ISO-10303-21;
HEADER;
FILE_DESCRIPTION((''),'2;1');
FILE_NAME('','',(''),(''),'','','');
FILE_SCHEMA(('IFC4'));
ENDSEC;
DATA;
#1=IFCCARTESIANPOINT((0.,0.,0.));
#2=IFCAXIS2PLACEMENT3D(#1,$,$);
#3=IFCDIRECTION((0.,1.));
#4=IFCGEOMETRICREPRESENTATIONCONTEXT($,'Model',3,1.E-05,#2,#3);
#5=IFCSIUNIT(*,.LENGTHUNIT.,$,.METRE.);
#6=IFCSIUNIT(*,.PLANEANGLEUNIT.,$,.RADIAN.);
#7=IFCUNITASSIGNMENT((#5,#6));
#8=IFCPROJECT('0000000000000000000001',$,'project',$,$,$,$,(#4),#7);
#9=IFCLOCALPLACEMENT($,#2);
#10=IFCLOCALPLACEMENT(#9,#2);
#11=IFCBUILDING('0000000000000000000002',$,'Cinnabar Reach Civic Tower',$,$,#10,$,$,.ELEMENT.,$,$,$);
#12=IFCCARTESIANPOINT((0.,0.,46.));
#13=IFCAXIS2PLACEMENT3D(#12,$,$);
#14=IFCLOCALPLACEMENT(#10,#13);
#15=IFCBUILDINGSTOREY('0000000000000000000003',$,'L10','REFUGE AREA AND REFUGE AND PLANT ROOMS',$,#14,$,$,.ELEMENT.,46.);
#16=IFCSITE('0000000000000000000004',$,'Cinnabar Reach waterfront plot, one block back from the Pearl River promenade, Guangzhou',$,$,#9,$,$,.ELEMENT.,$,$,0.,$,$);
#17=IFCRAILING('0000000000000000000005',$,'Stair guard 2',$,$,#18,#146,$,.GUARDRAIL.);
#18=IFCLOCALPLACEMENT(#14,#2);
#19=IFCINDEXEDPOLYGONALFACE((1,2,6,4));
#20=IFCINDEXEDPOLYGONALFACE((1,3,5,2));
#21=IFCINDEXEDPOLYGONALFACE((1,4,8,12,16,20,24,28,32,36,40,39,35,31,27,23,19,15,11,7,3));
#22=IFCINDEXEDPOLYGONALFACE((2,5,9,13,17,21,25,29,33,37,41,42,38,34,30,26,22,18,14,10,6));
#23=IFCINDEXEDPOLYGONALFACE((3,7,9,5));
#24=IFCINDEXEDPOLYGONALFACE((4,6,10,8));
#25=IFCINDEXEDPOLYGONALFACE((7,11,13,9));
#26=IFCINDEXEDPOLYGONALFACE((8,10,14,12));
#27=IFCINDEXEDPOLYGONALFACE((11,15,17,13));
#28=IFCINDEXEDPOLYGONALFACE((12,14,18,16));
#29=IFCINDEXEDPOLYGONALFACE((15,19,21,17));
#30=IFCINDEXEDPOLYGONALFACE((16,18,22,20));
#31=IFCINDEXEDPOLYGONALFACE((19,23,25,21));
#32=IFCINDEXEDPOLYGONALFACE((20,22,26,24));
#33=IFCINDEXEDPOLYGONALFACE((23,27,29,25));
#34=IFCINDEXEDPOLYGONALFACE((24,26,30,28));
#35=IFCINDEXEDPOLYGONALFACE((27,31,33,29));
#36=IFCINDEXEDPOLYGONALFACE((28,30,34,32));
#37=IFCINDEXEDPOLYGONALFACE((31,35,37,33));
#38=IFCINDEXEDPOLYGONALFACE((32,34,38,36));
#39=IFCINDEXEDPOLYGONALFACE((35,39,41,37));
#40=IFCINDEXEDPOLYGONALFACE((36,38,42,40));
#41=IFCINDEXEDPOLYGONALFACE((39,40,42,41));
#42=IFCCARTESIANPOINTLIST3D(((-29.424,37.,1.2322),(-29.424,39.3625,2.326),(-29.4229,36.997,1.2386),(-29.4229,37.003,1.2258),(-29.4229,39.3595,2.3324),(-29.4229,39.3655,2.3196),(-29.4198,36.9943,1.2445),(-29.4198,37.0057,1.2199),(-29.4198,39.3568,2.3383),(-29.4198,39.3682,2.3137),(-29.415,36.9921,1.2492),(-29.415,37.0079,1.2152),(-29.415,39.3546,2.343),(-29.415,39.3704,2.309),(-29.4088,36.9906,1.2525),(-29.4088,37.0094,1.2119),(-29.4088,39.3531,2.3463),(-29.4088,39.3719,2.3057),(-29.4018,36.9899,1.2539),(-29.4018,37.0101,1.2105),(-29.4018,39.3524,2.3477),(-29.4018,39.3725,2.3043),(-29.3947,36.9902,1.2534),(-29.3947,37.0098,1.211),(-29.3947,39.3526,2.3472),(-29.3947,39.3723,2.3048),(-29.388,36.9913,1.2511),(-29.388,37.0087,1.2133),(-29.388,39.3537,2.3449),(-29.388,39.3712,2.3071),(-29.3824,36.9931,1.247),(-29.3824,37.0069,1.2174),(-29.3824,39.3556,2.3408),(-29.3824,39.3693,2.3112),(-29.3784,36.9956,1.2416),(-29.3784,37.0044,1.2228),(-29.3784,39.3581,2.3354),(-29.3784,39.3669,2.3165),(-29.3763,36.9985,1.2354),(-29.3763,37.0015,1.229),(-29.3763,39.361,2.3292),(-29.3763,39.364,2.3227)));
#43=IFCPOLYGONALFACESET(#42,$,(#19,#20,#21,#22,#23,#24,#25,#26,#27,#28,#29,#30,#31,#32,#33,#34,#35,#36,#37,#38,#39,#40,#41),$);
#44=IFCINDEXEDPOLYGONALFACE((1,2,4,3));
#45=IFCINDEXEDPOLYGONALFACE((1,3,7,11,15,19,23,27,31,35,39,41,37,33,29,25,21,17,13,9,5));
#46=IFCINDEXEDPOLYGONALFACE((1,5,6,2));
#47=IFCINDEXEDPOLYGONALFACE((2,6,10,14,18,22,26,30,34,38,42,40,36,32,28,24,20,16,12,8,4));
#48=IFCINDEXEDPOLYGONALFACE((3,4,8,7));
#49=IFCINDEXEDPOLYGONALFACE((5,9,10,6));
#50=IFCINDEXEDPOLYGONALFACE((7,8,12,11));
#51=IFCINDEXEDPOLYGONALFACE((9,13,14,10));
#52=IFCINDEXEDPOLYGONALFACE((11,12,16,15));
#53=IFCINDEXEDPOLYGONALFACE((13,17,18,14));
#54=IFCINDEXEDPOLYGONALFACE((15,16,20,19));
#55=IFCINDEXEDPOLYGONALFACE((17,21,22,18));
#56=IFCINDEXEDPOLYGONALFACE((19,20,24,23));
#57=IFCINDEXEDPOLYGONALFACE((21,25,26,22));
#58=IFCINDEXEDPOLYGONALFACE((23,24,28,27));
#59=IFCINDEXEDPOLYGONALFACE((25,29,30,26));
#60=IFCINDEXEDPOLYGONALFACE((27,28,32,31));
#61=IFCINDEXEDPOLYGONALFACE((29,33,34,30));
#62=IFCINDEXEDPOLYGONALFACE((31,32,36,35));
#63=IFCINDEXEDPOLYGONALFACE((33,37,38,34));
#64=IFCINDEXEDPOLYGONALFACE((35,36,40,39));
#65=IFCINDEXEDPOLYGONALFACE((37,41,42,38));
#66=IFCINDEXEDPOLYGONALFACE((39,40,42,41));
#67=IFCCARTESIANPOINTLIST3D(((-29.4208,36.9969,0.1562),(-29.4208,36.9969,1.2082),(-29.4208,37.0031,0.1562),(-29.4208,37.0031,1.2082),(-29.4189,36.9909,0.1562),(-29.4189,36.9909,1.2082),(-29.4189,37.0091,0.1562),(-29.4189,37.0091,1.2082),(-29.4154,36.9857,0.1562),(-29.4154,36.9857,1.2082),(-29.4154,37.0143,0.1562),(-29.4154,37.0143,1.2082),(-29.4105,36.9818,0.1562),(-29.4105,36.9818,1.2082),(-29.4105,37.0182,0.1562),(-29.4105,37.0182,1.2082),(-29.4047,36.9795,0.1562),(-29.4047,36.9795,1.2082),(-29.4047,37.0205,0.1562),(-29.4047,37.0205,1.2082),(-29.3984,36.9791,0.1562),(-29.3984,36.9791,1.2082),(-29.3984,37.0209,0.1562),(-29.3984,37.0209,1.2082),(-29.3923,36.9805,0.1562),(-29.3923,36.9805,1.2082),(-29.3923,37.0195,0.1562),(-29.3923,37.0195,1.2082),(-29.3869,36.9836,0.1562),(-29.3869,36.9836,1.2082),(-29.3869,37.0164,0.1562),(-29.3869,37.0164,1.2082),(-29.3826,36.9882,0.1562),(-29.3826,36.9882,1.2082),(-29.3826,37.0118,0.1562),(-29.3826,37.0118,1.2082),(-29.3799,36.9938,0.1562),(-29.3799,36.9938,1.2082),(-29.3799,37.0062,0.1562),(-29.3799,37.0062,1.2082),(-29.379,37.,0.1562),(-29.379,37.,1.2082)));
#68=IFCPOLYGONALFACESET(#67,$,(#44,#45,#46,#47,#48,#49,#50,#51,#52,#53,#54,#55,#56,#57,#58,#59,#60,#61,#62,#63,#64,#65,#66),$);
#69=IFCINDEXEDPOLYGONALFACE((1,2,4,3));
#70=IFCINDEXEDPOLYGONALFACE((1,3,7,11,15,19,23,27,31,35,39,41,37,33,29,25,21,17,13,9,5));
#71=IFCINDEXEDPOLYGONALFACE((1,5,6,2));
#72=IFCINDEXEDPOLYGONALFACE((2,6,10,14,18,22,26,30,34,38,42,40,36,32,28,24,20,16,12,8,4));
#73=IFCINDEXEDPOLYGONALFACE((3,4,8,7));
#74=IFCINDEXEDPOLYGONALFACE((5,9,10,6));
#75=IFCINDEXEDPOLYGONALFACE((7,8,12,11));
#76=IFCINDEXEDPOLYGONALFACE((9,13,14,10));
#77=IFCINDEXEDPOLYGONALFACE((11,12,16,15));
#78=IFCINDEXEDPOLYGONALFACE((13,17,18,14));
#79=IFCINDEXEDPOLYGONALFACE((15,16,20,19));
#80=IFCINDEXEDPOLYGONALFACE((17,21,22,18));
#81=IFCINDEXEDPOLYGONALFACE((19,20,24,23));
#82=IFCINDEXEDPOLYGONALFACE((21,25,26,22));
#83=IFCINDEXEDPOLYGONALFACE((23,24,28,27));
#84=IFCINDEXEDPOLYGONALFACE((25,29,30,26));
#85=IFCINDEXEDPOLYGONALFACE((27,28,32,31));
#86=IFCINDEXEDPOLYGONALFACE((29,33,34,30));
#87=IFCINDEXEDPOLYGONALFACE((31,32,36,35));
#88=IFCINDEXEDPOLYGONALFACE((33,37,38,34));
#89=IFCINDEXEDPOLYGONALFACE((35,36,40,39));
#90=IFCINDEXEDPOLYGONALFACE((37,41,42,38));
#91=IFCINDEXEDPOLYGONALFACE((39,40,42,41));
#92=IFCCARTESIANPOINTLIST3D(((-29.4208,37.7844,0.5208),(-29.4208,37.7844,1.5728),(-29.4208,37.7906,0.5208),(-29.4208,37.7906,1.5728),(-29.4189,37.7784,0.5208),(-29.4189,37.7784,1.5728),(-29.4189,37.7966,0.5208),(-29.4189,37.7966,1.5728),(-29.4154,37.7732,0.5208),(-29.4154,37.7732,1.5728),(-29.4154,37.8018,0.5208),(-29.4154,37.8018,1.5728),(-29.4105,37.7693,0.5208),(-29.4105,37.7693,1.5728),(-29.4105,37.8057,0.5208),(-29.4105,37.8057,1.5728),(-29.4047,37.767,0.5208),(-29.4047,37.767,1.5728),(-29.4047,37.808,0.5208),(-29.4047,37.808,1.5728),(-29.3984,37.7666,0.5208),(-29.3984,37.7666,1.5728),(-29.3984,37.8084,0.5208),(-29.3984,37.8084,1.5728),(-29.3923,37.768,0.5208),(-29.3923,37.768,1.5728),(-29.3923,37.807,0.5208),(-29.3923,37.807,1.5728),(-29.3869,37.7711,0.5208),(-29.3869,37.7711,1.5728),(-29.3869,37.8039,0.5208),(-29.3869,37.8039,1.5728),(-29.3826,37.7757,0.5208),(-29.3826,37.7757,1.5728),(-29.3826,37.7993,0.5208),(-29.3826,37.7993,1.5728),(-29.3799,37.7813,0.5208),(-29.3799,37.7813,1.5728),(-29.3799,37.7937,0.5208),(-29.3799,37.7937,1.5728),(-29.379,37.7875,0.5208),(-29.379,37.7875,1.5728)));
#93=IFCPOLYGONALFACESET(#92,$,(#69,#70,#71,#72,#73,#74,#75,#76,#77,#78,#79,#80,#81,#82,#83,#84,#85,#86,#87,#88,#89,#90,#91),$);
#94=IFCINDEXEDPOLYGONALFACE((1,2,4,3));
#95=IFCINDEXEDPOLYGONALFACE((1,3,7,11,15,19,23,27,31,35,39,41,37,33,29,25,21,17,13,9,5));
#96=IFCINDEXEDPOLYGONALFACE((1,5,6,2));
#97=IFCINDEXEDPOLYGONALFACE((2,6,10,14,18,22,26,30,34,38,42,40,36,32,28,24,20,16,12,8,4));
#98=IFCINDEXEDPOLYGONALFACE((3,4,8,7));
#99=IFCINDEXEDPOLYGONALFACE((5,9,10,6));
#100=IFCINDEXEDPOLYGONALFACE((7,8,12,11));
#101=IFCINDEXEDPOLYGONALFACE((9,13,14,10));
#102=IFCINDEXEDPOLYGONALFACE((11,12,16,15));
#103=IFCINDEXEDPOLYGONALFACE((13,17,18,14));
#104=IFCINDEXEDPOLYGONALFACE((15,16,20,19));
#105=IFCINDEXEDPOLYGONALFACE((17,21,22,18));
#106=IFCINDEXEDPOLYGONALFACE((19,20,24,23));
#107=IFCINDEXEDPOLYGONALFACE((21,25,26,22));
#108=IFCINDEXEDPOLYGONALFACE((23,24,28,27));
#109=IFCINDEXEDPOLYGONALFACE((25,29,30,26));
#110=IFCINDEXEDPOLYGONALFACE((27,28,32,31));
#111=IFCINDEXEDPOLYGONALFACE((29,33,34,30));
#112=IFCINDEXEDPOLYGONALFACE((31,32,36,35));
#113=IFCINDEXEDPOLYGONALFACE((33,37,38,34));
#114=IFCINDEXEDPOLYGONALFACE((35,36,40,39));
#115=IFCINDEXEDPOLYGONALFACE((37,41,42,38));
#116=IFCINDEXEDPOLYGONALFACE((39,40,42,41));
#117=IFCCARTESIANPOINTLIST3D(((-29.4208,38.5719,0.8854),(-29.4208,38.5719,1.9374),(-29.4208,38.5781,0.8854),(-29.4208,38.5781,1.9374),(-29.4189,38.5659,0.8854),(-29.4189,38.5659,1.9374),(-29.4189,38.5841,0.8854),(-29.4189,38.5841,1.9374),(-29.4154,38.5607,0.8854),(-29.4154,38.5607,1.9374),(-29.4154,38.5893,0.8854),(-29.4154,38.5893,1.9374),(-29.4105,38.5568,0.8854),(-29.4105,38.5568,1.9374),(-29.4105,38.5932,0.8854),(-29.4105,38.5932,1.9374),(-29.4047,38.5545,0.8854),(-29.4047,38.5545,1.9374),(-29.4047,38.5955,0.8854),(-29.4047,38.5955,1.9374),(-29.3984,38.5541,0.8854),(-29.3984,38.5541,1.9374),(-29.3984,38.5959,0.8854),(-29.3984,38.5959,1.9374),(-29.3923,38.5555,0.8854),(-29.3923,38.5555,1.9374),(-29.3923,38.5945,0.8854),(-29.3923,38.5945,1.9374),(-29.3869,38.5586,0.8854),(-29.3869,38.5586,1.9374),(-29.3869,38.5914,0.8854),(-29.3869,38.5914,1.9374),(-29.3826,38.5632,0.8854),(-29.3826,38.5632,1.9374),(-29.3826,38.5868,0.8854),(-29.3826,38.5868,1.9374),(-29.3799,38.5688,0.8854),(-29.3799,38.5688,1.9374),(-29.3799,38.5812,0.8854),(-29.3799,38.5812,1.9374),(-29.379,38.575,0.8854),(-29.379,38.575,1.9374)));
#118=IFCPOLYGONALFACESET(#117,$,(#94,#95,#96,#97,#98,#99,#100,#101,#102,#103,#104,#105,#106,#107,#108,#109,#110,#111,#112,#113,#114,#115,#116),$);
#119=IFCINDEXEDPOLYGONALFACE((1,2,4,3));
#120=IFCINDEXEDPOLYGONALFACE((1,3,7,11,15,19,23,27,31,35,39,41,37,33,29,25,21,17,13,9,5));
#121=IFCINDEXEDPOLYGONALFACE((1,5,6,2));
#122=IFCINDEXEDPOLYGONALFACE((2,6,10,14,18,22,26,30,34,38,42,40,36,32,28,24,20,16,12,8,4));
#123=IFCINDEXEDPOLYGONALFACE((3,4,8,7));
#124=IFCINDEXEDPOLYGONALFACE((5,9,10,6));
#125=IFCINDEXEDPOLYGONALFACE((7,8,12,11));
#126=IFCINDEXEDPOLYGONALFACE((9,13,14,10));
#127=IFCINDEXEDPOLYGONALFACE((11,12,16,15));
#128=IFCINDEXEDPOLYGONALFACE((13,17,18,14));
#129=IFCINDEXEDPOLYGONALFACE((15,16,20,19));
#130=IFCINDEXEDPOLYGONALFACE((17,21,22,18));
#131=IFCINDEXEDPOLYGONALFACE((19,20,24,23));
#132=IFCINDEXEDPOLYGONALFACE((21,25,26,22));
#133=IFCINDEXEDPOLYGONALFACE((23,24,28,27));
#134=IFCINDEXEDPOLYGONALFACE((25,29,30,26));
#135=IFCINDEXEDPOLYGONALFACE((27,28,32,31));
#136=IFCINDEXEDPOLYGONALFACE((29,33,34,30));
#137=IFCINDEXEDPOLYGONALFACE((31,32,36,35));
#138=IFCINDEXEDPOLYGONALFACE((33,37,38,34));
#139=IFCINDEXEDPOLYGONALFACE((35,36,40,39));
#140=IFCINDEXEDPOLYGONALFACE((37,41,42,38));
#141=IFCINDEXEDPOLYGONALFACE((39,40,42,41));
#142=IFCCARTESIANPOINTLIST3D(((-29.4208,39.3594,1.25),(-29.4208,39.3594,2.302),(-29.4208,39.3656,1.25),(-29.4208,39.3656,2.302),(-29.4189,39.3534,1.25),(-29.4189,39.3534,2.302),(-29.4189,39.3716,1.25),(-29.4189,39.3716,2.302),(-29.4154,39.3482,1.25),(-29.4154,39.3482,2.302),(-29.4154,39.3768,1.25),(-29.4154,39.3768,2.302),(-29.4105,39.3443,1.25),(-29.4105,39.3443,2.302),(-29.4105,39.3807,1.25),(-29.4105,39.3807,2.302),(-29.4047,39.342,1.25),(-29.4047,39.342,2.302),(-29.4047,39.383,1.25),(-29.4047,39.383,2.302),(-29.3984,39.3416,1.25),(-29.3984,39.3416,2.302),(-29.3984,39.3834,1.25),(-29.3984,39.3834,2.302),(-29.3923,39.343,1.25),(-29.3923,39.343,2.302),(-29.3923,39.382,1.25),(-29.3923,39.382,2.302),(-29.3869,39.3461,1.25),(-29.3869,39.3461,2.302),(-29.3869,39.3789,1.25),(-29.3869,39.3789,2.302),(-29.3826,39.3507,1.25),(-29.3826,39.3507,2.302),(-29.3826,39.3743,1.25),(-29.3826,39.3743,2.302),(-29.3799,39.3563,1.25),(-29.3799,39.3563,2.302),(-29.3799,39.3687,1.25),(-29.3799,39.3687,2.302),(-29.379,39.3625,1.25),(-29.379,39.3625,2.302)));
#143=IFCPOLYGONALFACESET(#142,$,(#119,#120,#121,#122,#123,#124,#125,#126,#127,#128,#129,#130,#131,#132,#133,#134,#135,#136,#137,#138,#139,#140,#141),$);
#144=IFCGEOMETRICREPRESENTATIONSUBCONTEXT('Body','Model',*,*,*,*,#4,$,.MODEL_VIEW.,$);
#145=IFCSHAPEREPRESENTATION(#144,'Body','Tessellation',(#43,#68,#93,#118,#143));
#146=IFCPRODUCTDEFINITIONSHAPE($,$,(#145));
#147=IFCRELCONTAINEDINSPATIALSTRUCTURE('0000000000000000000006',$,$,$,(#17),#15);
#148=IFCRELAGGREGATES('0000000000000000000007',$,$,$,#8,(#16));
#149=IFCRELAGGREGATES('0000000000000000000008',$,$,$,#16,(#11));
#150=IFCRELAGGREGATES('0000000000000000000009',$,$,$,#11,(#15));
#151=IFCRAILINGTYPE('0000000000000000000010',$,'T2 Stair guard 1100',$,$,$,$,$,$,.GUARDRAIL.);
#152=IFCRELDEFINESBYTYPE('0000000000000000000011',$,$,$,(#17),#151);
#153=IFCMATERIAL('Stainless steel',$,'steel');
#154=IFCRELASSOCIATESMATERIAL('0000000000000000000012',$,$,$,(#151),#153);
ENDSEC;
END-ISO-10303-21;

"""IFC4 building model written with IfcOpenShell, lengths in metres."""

from ifc_helpers import new_model, si_unit, direction, frame, origin, origin_2d, place, context, subcontext, project, spatial, circle, extrude, material, type_object, element, save


model = new_model("IFC4")

# Units and contexts
model_context = context("Model", 3, precision=1e-05, world=origin(), true_north=direction((0.0, 1.0)))
body_context = subcontext(model_context, "Body", "Model", "MODEL_VIEW")
ifc_project = project(units=[si_unit("LENGTHUNIT", "METRE"), si_unit("PLANEANGLEUNIT", "RADIAN")], contexts=[model_context])

# Site, building, storey
site_placement = place(None, origin())
site = spatial("IfcSite", under=ifc_project, at=site_placement, Name="Cinnabar Reach waterfront plot, one block back from the Pearl River promenade, Guangzhou", CompositionType="ELEMENT", RefElevation=0.0)
building_placement = place(site_placement, origin())
building = spatial("IfcBuilding", under=site, at=building_placement, Name="Cinnabar Reach Civic Tower", CompositionType="ELEMENT")
storey_placement = place(building_placement, frame((0.0, 0.0, 46.0)))
storey = spatial("IfcBuildingStorey", under=building, at=storey_placement, Name="L10", Description="REFUGE AREA AND REFUGE AND PLANT ROOMS", CompositionType="ELEMENT", Elevation=46.0)

# Railing
ifc_material_1 = material(Name="Stainless steel", Category="steel")
railing_type = type_object("IfcRailingType", Name="T2 Stair guard 1100", PredefinedType="GUARDRAIL", material=ifc_material_1)
railing_1_placement = place(storey_placement, frame((-29.4, 37.0, 0.1562)))
element("IfcRailing", 1, at=railing_1_placement, inside=storey, type_object=railing_type, Name="Stair guard 2", PredefinedType="GUARDRAIL", context=body_context, shape_type="SweptSolid", body=[
    extrude(circle(Radius=0.024, at=origin_2d()), frame((0.0, 0.0, 1.076), z_axis=(0.0, 0.90746, 0.420139), x_axis=(-1.0, 0.0, 0.0)), (0.0, 0.0, 1.0), 2.6034),
    extrude(circle(Radius=0.021, at=origin_2d()), origin(), (0.0, 0.0, 1.0), 1.052),
    extrude(circle(Radius=0.021, at=origin_2d()), frame((0.0, 0.7875, 0.3646)), (0.0, 0.0, 1.0), 1.052),
    extrude(circle(Radius=0.021, at=origin_2d()), frame((0.0, 1.575, 0.7292)), (0.0, 0.0, 1.0), 1.052),
    extrude(circle(Radius=0.021, at=origin_2d()), frame((0.0, 2.3625, 1.0938)), (0.0, 0.0, 1.0), 1.052),
])

save(model, "model.ifc")
